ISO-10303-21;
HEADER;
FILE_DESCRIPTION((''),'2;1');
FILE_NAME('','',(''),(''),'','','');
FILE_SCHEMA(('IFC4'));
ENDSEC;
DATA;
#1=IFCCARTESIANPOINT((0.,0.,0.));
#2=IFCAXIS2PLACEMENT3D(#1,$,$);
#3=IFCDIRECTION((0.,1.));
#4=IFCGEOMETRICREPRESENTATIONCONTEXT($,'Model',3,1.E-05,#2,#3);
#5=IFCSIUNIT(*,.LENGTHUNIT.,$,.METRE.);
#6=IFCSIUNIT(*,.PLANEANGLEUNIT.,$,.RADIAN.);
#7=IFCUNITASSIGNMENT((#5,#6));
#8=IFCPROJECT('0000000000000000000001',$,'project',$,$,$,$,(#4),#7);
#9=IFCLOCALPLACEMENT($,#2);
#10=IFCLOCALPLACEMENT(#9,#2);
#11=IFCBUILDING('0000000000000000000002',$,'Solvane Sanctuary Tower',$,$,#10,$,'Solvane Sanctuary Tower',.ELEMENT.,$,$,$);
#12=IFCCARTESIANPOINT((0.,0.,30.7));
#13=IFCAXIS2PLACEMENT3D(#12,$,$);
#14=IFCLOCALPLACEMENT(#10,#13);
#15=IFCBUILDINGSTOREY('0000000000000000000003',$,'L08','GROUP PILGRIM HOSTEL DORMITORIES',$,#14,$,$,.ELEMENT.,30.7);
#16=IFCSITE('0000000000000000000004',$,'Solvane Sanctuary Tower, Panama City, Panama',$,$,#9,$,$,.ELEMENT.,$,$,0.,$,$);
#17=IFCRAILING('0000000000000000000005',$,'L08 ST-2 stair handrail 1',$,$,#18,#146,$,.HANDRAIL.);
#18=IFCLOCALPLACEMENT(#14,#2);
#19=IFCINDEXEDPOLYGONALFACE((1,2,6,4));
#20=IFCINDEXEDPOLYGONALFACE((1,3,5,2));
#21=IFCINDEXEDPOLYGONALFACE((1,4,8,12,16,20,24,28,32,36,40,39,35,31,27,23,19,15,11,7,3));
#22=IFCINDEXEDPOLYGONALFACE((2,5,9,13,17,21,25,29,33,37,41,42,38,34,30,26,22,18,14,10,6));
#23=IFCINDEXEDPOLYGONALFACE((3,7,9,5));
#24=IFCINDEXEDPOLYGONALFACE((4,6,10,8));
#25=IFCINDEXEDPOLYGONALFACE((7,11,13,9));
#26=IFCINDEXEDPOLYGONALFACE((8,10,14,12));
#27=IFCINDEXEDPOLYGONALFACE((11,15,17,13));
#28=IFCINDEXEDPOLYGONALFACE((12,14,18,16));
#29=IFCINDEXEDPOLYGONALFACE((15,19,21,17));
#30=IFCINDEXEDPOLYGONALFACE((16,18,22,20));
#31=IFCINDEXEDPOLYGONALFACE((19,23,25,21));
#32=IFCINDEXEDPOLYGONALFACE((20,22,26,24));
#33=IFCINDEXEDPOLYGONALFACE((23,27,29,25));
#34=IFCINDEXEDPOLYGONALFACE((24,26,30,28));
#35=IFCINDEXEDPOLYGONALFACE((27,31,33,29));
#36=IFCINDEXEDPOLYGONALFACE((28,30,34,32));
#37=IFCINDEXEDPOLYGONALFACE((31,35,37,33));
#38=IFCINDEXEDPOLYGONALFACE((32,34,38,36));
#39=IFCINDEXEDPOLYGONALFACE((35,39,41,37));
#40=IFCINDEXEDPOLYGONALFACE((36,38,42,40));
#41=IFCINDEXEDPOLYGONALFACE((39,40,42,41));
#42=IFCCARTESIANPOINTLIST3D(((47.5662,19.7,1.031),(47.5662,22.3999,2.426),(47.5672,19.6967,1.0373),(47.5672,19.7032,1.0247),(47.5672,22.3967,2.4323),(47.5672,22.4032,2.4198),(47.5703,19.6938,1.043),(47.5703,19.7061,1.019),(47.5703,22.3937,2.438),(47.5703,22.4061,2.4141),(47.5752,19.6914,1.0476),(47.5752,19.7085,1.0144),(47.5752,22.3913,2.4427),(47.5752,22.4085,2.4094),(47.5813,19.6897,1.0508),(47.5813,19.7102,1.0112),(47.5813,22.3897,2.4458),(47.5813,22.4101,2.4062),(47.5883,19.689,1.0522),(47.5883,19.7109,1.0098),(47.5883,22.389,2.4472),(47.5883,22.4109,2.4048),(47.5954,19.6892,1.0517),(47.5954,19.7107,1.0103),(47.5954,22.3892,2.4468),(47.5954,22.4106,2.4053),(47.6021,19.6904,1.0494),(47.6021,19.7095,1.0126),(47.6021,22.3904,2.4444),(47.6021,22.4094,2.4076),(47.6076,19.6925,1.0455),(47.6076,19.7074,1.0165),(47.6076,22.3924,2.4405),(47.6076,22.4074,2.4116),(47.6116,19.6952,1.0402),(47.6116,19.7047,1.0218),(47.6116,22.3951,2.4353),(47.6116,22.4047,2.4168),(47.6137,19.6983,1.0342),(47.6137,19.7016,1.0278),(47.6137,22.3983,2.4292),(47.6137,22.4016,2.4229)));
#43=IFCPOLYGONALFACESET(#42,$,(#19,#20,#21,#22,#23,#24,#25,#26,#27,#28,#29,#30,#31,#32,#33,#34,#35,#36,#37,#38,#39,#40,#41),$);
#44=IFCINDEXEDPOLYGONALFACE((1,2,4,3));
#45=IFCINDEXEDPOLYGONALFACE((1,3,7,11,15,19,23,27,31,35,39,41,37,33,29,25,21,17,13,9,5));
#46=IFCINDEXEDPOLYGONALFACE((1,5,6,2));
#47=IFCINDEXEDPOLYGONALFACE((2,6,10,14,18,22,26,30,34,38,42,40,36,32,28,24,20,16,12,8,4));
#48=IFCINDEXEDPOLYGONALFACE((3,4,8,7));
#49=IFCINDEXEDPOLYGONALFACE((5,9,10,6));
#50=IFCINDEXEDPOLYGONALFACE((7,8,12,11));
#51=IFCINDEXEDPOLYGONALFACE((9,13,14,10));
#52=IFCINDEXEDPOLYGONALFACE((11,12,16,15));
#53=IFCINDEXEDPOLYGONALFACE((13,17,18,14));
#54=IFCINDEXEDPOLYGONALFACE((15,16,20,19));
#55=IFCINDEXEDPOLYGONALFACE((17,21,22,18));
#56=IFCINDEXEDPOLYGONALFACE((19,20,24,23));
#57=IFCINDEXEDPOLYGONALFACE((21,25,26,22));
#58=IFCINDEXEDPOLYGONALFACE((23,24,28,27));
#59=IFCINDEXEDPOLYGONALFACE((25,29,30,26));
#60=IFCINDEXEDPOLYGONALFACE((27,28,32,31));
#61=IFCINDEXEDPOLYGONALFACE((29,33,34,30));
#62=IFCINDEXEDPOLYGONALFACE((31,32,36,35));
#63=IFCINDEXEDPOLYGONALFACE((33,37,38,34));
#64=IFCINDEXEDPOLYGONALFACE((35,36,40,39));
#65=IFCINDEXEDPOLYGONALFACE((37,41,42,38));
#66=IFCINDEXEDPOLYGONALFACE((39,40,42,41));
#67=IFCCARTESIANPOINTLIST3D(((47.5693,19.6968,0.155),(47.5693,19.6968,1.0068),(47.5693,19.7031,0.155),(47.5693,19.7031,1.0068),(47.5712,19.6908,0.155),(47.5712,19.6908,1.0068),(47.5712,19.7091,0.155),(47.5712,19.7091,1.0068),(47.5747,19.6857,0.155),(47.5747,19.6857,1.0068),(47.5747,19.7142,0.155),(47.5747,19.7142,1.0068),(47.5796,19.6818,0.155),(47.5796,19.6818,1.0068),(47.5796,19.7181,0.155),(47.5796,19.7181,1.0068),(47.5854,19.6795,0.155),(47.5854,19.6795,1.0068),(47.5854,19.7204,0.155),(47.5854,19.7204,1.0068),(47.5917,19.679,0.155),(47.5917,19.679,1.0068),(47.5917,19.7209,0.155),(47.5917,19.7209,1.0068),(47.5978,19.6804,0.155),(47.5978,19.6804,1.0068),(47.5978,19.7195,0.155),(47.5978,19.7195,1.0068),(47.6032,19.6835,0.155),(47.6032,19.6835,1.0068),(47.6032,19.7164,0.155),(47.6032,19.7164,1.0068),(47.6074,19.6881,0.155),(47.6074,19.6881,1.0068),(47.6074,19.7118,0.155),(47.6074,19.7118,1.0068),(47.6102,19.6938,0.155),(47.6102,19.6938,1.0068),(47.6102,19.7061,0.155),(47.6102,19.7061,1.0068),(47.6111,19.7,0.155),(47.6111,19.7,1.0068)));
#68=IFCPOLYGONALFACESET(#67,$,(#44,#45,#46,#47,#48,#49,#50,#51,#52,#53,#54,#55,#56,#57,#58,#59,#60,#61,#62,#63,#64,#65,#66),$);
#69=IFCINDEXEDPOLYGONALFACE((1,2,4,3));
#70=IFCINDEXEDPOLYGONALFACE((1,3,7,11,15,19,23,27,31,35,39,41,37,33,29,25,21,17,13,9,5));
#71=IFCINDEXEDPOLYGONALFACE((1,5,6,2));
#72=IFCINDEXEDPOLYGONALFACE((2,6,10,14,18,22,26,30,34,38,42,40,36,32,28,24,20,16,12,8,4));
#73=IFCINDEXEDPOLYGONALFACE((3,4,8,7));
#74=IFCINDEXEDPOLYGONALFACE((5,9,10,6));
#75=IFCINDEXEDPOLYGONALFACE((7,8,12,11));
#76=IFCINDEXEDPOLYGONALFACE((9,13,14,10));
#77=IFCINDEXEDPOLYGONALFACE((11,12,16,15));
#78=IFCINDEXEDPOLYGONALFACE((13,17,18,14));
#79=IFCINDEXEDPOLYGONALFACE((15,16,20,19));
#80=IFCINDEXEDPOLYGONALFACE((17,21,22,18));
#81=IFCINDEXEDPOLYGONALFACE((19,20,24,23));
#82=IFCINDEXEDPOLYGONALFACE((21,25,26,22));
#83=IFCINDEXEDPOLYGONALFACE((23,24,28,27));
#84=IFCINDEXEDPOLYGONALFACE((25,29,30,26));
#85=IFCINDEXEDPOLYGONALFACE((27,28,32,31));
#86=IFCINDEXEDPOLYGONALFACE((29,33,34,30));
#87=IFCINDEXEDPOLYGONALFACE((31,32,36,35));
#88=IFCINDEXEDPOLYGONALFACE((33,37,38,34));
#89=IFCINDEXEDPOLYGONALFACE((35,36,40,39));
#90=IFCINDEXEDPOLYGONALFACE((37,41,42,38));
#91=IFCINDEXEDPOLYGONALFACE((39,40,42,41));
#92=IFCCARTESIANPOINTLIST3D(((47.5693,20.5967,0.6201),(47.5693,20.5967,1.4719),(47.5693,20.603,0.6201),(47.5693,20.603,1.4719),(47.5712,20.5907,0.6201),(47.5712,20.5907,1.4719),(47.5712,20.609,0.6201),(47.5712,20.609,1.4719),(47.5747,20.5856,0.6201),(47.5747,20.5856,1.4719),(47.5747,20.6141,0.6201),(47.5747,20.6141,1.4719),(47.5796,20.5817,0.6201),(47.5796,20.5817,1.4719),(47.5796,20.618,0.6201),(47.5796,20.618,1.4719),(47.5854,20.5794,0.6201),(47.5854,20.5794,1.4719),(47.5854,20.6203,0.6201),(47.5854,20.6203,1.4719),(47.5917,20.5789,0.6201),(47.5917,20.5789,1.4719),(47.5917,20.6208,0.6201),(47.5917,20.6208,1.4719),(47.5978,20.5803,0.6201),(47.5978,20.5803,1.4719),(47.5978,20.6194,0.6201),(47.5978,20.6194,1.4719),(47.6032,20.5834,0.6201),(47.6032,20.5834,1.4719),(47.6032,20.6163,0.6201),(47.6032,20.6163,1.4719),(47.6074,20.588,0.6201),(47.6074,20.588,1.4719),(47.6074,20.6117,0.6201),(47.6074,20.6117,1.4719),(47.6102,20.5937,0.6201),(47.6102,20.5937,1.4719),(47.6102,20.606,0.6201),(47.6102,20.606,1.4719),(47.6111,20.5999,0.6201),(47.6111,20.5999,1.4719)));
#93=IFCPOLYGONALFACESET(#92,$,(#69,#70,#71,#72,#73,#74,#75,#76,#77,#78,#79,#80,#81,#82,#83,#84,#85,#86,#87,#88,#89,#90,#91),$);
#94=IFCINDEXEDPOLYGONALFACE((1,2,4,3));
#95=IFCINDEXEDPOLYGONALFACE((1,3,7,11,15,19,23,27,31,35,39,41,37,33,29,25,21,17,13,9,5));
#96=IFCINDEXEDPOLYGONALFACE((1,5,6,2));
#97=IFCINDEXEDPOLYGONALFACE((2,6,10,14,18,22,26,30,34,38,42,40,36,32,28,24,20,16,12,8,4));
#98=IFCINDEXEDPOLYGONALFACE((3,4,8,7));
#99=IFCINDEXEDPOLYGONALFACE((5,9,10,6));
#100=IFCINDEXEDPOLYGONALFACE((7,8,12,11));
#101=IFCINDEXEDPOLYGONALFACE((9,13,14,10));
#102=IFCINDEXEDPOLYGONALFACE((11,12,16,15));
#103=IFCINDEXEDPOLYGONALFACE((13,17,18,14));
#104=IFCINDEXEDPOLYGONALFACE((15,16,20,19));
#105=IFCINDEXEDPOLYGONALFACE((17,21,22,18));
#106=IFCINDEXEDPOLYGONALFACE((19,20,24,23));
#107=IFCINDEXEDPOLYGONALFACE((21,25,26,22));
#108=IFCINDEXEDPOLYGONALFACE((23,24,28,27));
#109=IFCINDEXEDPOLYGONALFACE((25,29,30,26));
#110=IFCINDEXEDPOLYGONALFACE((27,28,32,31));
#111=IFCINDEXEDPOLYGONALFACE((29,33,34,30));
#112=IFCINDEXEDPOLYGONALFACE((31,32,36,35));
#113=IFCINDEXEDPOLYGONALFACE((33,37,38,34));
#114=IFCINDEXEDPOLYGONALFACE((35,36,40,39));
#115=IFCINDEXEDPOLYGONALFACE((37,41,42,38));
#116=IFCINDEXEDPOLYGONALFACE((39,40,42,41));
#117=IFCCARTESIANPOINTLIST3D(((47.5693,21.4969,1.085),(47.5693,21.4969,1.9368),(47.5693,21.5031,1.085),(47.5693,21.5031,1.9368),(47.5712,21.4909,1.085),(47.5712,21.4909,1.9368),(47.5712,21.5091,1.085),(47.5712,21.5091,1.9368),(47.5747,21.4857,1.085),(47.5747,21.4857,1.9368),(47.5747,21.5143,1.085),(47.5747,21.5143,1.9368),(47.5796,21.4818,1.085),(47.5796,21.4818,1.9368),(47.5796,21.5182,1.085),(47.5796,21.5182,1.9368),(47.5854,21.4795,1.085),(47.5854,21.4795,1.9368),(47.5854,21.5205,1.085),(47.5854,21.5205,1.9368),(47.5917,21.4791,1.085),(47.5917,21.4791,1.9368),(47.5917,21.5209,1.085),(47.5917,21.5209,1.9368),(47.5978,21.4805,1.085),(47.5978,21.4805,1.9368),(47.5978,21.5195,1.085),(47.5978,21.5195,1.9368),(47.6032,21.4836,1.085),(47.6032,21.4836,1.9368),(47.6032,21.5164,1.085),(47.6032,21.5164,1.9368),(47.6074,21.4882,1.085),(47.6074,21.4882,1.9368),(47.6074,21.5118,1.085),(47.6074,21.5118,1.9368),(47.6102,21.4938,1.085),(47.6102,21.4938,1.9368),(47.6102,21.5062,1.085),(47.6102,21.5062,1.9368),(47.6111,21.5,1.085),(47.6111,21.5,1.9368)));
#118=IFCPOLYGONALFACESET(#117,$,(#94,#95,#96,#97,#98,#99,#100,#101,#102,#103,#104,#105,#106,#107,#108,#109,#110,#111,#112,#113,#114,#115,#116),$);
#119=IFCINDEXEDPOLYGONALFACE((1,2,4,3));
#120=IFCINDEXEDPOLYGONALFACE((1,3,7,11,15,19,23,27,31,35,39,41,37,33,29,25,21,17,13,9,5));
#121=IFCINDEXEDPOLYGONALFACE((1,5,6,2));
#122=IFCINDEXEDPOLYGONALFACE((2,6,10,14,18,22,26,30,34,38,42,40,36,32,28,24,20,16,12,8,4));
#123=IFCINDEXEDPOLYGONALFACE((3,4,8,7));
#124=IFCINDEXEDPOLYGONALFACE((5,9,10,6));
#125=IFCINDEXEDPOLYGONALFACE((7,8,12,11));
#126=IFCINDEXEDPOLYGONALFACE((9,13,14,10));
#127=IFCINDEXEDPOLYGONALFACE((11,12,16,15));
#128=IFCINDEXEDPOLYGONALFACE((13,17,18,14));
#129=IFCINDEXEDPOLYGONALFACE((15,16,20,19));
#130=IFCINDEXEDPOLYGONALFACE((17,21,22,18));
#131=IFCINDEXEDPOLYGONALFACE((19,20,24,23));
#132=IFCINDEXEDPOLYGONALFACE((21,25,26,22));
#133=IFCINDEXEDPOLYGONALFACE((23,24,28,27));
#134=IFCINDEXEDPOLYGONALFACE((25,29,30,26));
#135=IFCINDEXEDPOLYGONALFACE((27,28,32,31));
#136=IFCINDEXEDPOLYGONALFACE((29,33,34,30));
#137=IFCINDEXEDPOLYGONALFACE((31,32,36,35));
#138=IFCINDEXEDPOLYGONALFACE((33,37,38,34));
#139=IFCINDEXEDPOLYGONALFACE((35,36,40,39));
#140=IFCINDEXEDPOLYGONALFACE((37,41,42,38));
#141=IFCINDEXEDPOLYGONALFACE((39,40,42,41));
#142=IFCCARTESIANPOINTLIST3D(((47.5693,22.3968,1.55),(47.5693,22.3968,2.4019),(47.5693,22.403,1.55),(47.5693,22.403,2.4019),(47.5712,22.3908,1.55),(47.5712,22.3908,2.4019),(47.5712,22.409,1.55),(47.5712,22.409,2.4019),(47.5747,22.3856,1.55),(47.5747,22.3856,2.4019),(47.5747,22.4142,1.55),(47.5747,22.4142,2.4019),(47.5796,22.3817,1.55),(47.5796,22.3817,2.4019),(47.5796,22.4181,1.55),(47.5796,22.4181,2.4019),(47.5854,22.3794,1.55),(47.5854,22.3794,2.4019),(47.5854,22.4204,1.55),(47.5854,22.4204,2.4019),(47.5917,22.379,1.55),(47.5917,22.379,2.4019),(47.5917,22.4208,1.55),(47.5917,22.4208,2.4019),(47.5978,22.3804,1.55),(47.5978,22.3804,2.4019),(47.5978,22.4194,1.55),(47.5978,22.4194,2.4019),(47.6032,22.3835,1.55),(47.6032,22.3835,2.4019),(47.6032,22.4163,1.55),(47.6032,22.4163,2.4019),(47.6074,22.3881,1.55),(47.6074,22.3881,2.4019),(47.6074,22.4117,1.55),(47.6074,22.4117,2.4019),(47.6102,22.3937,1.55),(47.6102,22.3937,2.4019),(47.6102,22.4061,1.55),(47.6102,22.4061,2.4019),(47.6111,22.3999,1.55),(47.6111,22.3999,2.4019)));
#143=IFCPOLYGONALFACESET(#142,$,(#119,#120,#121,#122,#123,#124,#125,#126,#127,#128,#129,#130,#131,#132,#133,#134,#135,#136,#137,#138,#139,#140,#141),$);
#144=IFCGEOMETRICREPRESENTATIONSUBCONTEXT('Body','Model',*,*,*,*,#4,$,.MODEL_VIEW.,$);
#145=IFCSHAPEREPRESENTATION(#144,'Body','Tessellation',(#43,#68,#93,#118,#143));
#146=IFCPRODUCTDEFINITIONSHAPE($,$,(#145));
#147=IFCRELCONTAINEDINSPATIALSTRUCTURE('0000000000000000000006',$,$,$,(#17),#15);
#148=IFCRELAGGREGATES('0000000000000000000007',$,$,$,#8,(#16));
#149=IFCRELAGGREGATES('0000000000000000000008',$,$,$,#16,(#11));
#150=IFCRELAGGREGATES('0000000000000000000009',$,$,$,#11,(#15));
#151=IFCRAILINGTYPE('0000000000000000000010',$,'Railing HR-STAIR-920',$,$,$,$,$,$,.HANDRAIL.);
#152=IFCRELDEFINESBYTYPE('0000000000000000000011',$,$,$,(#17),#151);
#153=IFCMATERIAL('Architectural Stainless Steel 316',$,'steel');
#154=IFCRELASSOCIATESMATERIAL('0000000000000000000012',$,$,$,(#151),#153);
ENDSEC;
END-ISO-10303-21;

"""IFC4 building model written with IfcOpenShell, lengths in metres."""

from ifc_helpers import new_model, si_unit, direction, frame, origin, origin_2d, place, context, subcontext, project, spatial, circle, extrude, material, type_object, element, save


model = new_model("IFC4")

# Units and contexts
model_context = context("Model", 3, precision=1e-05, world=origin(), true_north=direction((0.0, 1.0)))
body_context = subcontext(model_context, "Body", "Model", "MODEL_VIEW")
ifc_project = project(units=[si_unit("LENGTHUNIT", "METRE"), si_unit("PLANEANGLEUNIT", "RADIAN")], contexts=[model_context])

# Site, building, storey
site_placement = place(None, origin())
site = spatial("IfcSite", under=ifc_project, at=site_placement, Name="Solvane Sanctuary Tower, Panama City, Panama", CompositionType="ELEMENT", RefElevation=0.0)
building_placement = place(site_placement, origin())
building = spatial("IfcBuilding", under=site, at=building_placement, Name="Solvane Sanctuary Tower", LongName="Solvane Sanctuary Tower", CompositionType="ELEMENT")
storey_placement = place(building_placement, frame((0.0, 0.0, 30.7)))
storey = spatial("IfcBuildingStorey", under=building, at=storey_placement, Name="L08", Description="GROUP PILGRIM HOSTEL DORMITORIES", CompositionType="ELEMENT", Elevation=30.7)

# Shared definitions
ifc_material_1 = material(Name="Architectural Stainless Steel 316", Category="steel")

# Railing
railing_type_1 = type_object("IfcRailingType", Name="Railing HR-STAIR-920", PredefinedType="HANDRAIL", material=ifc_material_1)
railing_1_placement = place(storey_placement, frame((47.5901, 19.7, 0.155)))
element("IfcRailing", 1, at=railing_1_placement, inside=storey, type_object=railing_type_1, Name="L08 ST-2 stair handrail 1", PredefinedType="HANDRAIL", context=body_context, shape_type="SweptSolid", body=[
    extrude(circle(Radius=0.0239, at=origin_2d()), frame((0.0, 0.0, 0.876), z_axis=(0.0, 0.88842, 0.459032), x_axis=(-1.0, 0.0, 0.0)), (0.0, 0.0, 1.0), 3.0391),
    extrude(circle(Radius=0.021, at=origin_2d()), origin(), (0.0, 0.0, 1.0), 0.8518),
    extrude(circle(Radius=0.021, at=origin_2d()), frame((0.0, 0.8999, 0.4651)), (0.0, 0.0, 1.0), 0.8518),
    extrude(circle(Radius=0.021, at=origin_2d()), frame((0.0, 1.8, 0.9299)), (0.0, 0.0, 1.0), 0.8518),
    extrude(circle(Radius=0.021, at=origin_2d()), frame((0.0, 2.7, 1.395)), (0.0, 0.0, 1.0), 0.8518),
])

save(model, "model.ifc")
